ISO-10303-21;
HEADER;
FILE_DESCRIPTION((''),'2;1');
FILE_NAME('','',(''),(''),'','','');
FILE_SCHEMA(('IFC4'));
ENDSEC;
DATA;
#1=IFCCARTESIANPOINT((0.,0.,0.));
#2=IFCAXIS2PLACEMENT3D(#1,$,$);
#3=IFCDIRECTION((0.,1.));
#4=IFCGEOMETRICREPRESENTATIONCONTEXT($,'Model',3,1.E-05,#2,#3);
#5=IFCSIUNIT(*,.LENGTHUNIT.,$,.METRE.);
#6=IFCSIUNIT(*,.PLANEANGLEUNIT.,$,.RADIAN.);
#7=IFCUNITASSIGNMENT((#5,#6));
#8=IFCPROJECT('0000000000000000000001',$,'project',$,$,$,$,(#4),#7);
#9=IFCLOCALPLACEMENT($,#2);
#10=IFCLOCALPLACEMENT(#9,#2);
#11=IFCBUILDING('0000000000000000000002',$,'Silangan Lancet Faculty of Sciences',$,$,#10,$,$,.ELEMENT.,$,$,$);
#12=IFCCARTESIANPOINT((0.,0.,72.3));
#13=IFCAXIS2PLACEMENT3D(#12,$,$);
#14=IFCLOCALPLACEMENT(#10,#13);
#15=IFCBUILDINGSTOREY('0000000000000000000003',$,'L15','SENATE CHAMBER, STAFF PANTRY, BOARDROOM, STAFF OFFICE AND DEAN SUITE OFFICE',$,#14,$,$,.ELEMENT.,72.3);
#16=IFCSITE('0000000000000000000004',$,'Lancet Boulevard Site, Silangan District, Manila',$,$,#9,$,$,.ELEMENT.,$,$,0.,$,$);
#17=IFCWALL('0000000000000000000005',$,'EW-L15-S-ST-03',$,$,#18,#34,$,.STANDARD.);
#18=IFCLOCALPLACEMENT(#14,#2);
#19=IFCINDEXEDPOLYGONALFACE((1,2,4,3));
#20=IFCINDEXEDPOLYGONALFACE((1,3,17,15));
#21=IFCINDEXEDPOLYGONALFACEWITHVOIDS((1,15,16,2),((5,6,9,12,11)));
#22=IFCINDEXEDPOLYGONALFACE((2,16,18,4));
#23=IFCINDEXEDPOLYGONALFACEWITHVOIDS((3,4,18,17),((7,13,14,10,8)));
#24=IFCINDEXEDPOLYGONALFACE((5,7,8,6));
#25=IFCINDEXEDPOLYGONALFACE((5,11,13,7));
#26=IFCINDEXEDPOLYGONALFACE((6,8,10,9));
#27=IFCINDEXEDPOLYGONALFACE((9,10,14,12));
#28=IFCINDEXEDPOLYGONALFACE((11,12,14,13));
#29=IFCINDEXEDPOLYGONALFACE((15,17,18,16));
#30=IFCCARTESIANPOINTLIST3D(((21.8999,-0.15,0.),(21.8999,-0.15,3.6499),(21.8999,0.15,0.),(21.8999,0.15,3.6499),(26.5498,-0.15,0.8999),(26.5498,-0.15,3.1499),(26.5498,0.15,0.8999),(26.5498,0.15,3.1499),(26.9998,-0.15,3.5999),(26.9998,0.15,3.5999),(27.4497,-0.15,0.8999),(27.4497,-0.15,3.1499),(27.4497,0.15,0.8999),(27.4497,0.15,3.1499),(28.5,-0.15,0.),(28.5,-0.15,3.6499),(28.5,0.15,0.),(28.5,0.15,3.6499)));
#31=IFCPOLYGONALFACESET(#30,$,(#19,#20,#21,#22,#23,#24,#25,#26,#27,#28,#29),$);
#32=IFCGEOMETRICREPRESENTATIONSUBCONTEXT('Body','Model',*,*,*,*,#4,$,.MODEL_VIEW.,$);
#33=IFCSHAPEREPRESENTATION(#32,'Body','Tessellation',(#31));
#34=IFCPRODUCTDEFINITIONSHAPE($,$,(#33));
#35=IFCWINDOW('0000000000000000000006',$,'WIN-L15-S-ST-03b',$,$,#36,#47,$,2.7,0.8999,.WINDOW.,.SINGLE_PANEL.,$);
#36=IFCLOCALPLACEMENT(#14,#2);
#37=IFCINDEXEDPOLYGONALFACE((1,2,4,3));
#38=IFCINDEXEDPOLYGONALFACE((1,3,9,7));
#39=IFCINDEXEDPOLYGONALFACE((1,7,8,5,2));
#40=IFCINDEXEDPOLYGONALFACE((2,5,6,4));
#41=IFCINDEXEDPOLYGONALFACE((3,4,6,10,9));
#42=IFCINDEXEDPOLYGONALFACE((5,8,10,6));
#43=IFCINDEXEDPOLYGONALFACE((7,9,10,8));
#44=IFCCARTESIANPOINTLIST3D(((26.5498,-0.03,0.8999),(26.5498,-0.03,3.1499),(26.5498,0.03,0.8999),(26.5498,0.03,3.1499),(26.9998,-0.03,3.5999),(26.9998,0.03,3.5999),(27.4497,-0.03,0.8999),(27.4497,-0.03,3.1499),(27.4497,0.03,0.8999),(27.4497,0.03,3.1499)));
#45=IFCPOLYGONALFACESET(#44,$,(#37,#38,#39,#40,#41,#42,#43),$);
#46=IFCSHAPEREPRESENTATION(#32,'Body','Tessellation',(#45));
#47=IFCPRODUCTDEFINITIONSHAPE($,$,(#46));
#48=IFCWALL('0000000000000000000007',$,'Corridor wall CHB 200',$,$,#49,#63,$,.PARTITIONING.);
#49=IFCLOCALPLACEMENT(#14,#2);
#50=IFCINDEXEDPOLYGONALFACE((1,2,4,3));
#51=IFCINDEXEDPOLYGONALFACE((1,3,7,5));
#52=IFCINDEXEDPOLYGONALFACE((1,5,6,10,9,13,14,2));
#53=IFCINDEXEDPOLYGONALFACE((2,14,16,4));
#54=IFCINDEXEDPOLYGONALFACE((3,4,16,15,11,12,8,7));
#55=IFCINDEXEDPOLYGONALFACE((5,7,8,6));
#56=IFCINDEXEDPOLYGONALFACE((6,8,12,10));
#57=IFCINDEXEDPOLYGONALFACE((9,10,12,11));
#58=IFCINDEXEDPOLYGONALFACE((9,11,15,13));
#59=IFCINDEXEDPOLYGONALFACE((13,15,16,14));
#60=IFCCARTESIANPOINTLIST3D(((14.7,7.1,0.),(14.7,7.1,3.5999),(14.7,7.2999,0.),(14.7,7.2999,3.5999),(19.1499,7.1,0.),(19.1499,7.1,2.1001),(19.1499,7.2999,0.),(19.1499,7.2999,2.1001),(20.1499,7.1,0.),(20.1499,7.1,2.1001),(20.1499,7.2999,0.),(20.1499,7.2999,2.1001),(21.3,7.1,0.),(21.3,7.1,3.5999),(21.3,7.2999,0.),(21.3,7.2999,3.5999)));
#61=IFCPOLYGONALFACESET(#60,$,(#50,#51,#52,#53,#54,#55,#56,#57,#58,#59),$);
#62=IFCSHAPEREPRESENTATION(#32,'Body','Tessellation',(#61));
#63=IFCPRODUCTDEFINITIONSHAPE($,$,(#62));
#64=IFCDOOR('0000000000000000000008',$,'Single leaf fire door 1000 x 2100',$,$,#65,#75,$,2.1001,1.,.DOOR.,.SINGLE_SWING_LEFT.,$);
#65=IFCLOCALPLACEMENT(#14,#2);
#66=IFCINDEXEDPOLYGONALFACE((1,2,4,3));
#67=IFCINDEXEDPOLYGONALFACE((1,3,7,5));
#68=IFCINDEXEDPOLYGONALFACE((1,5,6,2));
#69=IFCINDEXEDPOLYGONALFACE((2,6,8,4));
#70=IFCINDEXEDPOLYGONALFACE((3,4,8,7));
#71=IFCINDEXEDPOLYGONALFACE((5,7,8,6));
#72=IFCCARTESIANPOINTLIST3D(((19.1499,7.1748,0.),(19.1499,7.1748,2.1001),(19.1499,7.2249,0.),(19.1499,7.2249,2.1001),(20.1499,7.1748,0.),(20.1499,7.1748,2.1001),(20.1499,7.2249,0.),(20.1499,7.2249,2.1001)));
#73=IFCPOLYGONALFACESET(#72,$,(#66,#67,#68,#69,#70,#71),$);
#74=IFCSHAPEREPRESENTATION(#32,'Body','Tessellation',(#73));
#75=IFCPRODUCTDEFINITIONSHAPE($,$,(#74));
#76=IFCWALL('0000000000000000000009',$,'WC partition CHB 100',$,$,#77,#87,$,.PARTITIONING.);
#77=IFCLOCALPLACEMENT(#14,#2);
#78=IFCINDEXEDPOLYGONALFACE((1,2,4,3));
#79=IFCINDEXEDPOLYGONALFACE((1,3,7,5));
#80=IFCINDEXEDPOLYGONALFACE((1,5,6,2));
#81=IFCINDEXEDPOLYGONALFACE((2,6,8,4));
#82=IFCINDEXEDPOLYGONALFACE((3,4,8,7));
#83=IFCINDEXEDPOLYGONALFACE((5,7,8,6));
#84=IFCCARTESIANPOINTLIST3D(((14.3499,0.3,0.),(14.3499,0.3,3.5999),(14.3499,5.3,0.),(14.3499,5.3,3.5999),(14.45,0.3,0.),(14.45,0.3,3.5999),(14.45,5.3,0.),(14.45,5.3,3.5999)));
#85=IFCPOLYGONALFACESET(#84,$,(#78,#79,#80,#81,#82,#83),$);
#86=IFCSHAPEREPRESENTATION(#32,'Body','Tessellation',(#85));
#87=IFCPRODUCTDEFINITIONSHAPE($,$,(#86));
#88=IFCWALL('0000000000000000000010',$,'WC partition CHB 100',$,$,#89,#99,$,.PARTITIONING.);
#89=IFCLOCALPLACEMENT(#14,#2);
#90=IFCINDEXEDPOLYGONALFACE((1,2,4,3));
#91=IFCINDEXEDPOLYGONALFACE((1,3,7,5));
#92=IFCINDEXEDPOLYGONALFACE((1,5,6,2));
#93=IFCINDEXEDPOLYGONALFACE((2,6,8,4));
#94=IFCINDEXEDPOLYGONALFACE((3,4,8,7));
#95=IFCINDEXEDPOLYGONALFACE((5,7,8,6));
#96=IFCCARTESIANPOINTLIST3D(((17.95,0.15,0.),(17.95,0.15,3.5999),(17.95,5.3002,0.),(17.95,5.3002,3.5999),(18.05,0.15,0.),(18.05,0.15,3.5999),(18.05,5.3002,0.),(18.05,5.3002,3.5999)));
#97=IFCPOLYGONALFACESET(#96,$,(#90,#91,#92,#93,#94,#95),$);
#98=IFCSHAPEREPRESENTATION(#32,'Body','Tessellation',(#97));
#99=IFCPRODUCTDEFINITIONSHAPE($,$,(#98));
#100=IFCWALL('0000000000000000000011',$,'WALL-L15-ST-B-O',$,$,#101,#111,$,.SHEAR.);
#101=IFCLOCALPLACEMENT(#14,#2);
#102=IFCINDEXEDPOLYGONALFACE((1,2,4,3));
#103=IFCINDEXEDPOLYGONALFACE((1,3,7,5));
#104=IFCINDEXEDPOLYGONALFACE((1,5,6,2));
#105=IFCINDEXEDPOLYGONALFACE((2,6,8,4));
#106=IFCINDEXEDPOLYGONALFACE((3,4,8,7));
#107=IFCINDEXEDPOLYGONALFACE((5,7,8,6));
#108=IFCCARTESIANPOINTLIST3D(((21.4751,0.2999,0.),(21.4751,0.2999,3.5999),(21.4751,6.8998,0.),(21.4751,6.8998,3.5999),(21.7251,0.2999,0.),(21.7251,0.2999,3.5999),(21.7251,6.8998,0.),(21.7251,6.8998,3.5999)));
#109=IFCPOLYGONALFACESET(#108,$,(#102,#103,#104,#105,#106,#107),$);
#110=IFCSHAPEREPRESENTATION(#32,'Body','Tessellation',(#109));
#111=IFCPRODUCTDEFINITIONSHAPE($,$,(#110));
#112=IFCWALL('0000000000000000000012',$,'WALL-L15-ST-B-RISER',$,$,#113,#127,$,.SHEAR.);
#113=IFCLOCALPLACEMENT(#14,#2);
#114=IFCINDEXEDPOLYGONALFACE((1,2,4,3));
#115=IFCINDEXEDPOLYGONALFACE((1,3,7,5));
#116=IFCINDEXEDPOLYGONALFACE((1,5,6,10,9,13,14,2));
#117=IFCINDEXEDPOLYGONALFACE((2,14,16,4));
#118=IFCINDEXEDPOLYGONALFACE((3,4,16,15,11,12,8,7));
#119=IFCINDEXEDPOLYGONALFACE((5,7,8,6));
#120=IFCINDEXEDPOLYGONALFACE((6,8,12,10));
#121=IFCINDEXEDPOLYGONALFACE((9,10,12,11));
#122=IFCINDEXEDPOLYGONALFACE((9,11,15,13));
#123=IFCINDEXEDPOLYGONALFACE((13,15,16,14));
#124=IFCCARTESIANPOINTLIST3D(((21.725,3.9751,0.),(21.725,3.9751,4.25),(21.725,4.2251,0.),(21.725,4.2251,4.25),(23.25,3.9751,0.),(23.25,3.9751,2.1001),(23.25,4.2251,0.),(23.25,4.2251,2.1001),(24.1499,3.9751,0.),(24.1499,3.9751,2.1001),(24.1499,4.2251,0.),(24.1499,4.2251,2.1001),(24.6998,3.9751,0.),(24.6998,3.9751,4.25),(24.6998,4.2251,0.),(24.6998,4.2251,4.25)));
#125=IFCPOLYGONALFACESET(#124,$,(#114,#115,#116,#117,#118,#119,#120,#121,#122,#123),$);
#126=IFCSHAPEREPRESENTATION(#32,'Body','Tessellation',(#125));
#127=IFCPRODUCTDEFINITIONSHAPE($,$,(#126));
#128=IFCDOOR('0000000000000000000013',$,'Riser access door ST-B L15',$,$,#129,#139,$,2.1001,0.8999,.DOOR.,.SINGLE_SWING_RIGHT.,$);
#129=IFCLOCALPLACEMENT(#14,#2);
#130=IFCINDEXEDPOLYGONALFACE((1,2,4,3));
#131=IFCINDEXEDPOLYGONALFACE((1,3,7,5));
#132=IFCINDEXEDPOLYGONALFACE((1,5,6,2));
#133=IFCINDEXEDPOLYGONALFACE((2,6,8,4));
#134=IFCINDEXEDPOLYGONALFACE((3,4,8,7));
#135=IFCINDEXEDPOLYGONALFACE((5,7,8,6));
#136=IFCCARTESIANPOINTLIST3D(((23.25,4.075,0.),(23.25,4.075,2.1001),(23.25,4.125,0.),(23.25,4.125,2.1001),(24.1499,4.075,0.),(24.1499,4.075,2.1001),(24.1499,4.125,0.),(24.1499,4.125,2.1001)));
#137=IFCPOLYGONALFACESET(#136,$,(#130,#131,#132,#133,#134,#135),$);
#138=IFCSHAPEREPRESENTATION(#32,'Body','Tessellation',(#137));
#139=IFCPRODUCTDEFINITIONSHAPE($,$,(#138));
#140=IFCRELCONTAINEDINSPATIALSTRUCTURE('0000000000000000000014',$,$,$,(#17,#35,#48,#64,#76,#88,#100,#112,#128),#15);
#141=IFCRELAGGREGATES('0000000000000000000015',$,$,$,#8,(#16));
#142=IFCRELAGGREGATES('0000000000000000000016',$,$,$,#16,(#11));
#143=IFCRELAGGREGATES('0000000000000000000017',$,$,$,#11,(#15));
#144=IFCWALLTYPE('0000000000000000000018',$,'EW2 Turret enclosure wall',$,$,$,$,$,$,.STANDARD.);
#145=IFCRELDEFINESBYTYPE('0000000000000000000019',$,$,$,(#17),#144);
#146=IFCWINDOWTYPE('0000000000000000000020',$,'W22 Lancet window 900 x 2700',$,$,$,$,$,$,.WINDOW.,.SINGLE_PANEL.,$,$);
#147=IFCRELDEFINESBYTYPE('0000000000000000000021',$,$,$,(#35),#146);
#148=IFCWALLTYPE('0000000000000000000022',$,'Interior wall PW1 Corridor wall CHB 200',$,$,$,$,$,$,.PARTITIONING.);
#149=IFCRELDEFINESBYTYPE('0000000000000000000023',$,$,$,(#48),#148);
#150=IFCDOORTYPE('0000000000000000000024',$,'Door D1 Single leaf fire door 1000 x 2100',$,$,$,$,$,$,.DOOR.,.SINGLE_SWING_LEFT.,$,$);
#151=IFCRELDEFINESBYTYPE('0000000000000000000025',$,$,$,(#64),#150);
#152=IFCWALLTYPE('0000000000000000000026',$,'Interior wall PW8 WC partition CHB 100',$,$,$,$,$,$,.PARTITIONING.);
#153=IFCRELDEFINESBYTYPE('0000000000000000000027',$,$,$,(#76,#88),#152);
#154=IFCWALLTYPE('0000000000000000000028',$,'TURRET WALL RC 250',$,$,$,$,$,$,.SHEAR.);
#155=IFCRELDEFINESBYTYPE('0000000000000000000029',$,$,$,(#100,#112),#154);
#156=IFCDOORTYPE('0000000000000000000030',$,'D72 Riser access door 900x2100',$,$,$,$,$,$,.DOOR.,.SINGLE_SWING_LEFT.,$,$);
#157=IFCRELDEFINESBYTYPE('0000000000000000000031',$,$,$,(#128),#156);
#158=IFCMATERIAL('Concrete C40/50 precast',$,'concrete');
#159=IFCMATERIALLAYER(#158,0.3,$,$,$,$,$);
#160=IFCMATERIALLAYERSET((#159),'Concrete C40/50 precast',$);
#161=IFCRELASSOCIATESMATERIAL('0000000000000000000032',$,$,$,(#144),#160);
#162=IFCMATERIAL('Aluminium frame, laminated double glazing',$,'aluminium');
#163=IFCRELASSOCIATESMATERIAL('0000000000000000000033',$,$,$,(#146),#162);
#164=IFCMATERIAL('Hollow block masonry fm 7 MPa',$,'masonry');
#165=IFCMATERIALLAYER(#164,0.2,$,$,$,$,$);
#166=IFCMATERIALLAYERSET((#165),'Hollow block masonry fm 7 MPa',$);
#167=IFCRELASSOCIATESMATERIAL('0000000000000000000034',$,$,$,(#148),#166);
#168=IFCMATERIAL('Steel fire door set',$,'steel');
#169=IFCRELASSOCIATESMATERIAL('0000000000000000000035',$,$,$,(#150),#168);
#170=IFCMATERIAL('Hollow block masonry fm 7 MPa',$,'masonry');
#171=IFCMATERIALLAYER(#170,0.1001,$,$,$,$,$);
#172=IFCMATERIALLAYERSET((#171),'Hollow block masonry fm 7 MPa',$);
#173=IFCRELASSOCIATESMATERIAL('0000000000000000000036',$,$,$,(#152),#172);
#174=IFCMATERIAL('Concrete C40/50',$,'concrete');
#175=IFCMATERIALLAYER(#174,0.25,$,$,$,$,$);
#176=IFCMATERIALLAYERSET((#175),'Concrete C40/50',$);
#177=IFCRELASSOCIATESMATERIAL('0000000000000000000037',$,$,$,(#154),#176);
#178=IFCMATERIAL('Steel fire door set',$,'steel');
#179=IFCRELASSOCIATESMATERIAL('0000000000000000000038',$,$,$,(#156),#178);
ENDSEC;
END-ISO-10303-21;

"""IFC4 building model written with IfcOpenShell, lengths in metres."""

from ifc_helpers import new_model, si_unit, direction, frame, frame_2d, origin, place, context, subcontext, project, spatial, polyline, rectangle, outline, extrude, material, layer, layer_set, type_object, element, fill, save


model = new_model("IFC4")

# Units and contexts
model_context = context("Model", 3, precision=1e-05, world=origin(), true_north=direction((0.0, 1.0)))
body_context = subcontext(model_context, "Body", "Model", "MODEL_VIEW")
ifc_project = project(units=[si_unit("LENGTHUNIT", "METRE"), si_unit("PLANEANGLEUNIT", "RADIAN")], contexts=[model_context])

# Site, building, storey
site_placement = place(None, origin())
site = spatial("IfcSite", under=ifc_project, at=site_placement, Name="Lancet Boulevard Site, Silangan District, Manila", CompositionType="ELEMENT", RefElevation=0.0)
building_placement = place(site_placement, origin())
building = spatial("IfcBuilding", under=site, at=building_placement, Name="Silangan Lancet Faculty of Sciences", CompositionType="ELEMENT")
storey_placement = place(building_placement, frame((0.0, 0.0, 72.3)))
storey = spatial("IfcBuildingStorey", under=building, at=storey_placement, Name="L15", Description="SENATE CHAMBER, STAFF PANTRY, BOARDROOM, STAFF OFFICE AND DEAN SUITE OFFICE", CompositionType="ELEMENT", Elevation=72.3)

# Wall, opening, window
ifc_material_1 = material(Name="Concrete C40/50 precast", Category="concrete")
ifc_layer_1 = layer(ifc_material_1, 0.3)
ifc_layer_set_1 = layer_set([ifc_layer_1], Name="Concrete C40/50 precast")
wall_type_1 = type_object("IfcWallType", Name="EW2 Turret enclosure wall", PredefinedType="STANDARD", material=ifc_layer_set_1)
wall_1_placement = place(storey_placement, frame((21.8999, 0.0, 0.0), z_axis=(0.0, 0.0, 1.0), x_axis=(1.0, 0.0, 0.0)))
wall_1 = element("IfcWall", 1, at=wall_1_placement, inside=storey, type_object=wall_type_1, Name="EW-L15-S-ST-03", PredefinedType="STANDARD", context=body_context, shape_type="SweptSolid", body=[
    extrude(rectangle(XDim=6.6001, YDim=0.3, at=frame_2d((3.3, 0.0))), origin(), (0.0, 0.0, 1.0), 3.6499),
])
opening_1_placement = place(wall_1_placement, frame((4.6499, 0.0, 0.8999)))
opening_1 = element("IfcOpeningElement", 2, at=opening_1_placement, cuts=wall_1, PredefinedType="OPENING", context=body_context, shape_type="SweptSolid", body=[
    extrude(outline(polyline([(0.0, 0.0), (0.8999, 0.0), (0.8999, 2.25), (0.45, 2.7), (0.0, 2.25), (0.0, 0.0)])), frame((0.0, 0.1599, 0.0), z_axis=(0.0, -1.0, 0.0), x_axis=(1.0, 0.0, 0.0)), (0.0, 0.0, 1.0), 0.3201),
])
ifc_material_2 = material(Name="Aluminium frame, laminated double glazing", Category="aluminium")
window_type_1 = type_object("IfcWindowType", Name="W22 Lancet window 900 x 2700", PartitioningType="SINGLE_PANEL", PredefinedType="WINDOW", material=ifc_material_2)
window_1_placement = place(opening_1_placement, origin())
window_1 = element("IfcWindow", 3, at=window_1_placement, inside=storey, type_object=window_type_1, Name="WIN-L15-S-ST-03b", OverallHeight=2.7, OverallWidth=0.8999, PartitioningType="SINGLE_PANEL", PredefinedType="WINDOW", context=body_context, shape_type="SweptSolid", body=[
    extrude(outline(polyline([(0.0, 0.0), (0.8999, 0.0), (0.8999, 2.25), (0.45, 2.7), (0.0, 2.25), (0.0, 0.0)])), frame((0.0, 0.03, 0.0), z_axis=(0.0, -1.0, 0.0), x_axis=(1.0, 0.0, 0.0)), (0.0, 0.0, 1.0), 0.0601),
])
fill(opening_1, window_1)

# Wall, opening, door
ifc_material_3 = material(Name="Hollow block masonry fm 7 MPa", Category="masonry")
ifc_layer_2 = layer(ifc_material_3, 0.2)
ifc_layer_set_2 = layer_set([ifc_layer_2], Name="Hollow block masonry fm 7 MPa")
wall_type_2 = type_object("IfcWallType", Name="Interior wall PW1 Corridor wall CHB 200", PredefinedType="PARTITIONING", material=ifc_layer_set_2)
wall_2_placement = place(storey_placement, frame((14.7, 7.2, 0.0), z_axis=(0.0, 0.0, 1.0), x_axis=(1.0, 0.0, 0.0)))
wall_2 = element("IfcWall", 4, at=wall_2_placement, inside=storey, type_object=wall_type_2, Name="Corridor wall CHB 200", PredefinedType="PARTITIONING", context=body_context, shape_type="SweptSolid", body=[
    extrude(rectangle(XDim=6.6001, YDim=0.2, at=frame_2d((3.3, 0.0))), origin(), (0.0, 0.0, 1.0), 3.5999),
])
opening_2_placement = place(wall_2_placement, frame((4.45, 0.0, 0.0)))
opening_2 = element("IfcOpeningElement", 5, at=opening_2_placement, cuts=wall_2, PredefinedType="OPENING", context=body_context, shape_type="SweptSolid", body=[
    extrude(rectangle(XDim=1.0, YDim=2.1001, at=frame_2d((0.5, 1.05))), frame((0.0, 0.1099, 0.0), z_axis=(0.0, -1.0, 0.0), x_axis=(1.0, 0.0, 0.0)), (0.0, 0.0, 1.0), 0.22),
])
ifc_material_4 = material(Name="Steel fire door set", Category="steel")
door_type_1 = type_object("IfcDoorType", Name="Door D1 Single leaf fire door 1000 x 2100", OperationType="SINGLE_SWING_LEFT", PredefinedType="DOOR", material=ifc_material_4)
door_1_placement = place(opening_2_placement, frame((1.0, 0.0, 0.0), z_axis=(0.0, 0.0, 1.0), x_axis=(-1.0, 0.0, 0.0)))
door_1 = element("IfcDoor", 6, at=door_1_placement, inside=storey, type_object=door_type_1, Name="Single leaf fire door 1000 x 2100", OperationType="SINGLE_SWING_LEFT", OverallHeight=2.1001, OverallWidth=1.0, PredefinedType="DOOR", context=body_context, shape_type="SweptSolid", body=[
    extrude(rectangle(XDim=1.0, YDim=2.1001, at=frame_2d((0.5, 1.05))), frame((0.0, 0.0251, 0.0), z_axis=(0.0, -1.0, 0.0), x_axis=(1.0, 0.0, 0.0)), (0.0, 0.0, 1.0), 0.05),
])
fill(opening_2, door_1)

# Walls
ifc_material_5 = material(Name="Hollow block masonry fm 7 MPa", Category="masonry")
ifc_layer_3 = layer(ifc_material_5, 0.1001)
ifc_layer_set_3 = layer_set([ifc_layer_3], Name="Hollow block masonry fm 7 MPa")
wall_type_3 = type_object("IfcWallType", Name="Interior wall PW8 WC partition CHB 100", PredefinedType="PARTITIONING", material=ifc_layer_set_3)
wall_3_placement = place(storey_placement, frame((14.3999, 0.3, 0.0), z_axis=(0.0, 0.0, 1.0), x_axis=(0.0, 1.0, 0.0)))
element("IfcWall", 7, at=wall_3_placement, inside=storey, type_object=wall_type_3, Name="WC partition CHB 100", PredefinedType="PARTITIONING", context=body_context, shape_type="SweptSolid", body=[
    extrude(rectangle(XDim=5.0, YDim=0.1001, at=frame_2d((2.5, 0.0))), origin(), (0.0, 0.0, 1.0), 3.5999),
])
wall_4_placement = place(storey_placement, frame((18.0, 0.1499, 0.0), z_axis=(0.0, 0.0, 1.0), x_axis=(0.0, 1.0, 0.0)))
element("IfcWall", 8, at=wall_4_placement, inside=storey, type_object=wall_type_3, Name="WC partition CHB 100", PredefinedType="PARTITIONING", context=body_context, shape_type="SweptSolid", body=[
    extrude(rectangle(XDim=5.1501, YDim=0.1001, at=frame_2d((2.5752, 0.0))), origin(), (0.0, 0.0, 1.0), 3.5999),
])
ifc_material_6 = material(Name="Concrete C40/50", Category="concrete")
ifc_layer_4 = layer(ifc_material_6, 0.25)
ifc_layer_set_4 = layer_set([ifc_layer_4], Name="Concrete C40/50")
wall_type_4 = type_object("IfcWallType", Name="TURRET WALL RC 250", PredefinedType="SHEAR", material=ifc_layer_set_4)
wall_5_placement = place(storey_placement, frame((21.6001, 0.3, 0.0), z_axis=(0.0, 0.0, 1.0), x_axis=(0.0, 1.0, 0.0)))
element("IfcWall", 9, at=wall_5_placement, inside=storey, type_object=wall_type_4, Name="WALL-L15-ST-B-O", PredefinedType="SHEAR", context=body_context, shape_type="SweptSolid", body=[
    extrude(rectangle(XDim=6.5999, YDim=0.25, at=frame_2d((3.2998, 0.0))), origin(), (0.0, 0.0, 1.0), 3.5999),
])

# Wall, opening, door
wall_6_placement = place(storey_placement, frame((21.7251, 4.1001, 0.0), z_axis=(0.0, 0.0, 1.0), x_axis=(1.0, 0.0, 0.0)))
wall_6 = element("IfcWall", 10, at=wall_6_placement, inside=storey, type_object=wall_type_4, Name="WALL-L15-ST-B-RISER", PredefinedType="SHEAR", context=body_context, shape_type="SweptSolid", body=[
    extrude(rectangle(XDim=2.9749, YDim=0.25, at=frame_2d((1.4873, 0.0))), origin(), (0.0, 0.0, 1.0), 4.25),
])
opening_3_placement = place(wall_6_placement, frame((1.5249, 0.0, 0.0)))
opening_3 = element("IfcOpeningElement", 11, at=opening_3_placement, cuts=wall_6, PredefinedType="OPENING", context=body_context, shape_type="SweptSolid", body=[
    extrude(rectangle(XDim=0.8999, YDim=2.1001, at=frame_2d((0.45, 1.05))), frame((0.0, 0.135, 0.0), z_axis=(0.0, -1.0, 0.0), x_axis=(1.0, 0.0, 0.0)), (0.0, 0.0, 1.0), 0.27),
])
ifc_material_7 = material(Name="Steel fire door set", Category="steel")
door_type_2 = type_object("IfcDoorType", Name="D72 Riser access door 900x2100", OperationType="SINGLE_SWING_LEFT", PredefinedType="DOOR", material=ifc_material_7)
door_2_placement = place(opening_3_placement, frame((0.8999, 0.0, 0.0), z_axis=(0.0, 0.0, 1.0), x_axis=(-1.0, 0.0, 0.0)))
door_2 = element("IfcDoor", 12, at=door_2_placement, inside=storey, type_object=door_type_2, Name="Riser access door ST-B L15", OperationType="SINGLE_SWING_RIGHT", OverallHeight=2.1001, OverallWidth=0.8999, PredefinedType="DOOR", context=body_context, shape_type="SweptSolid", body=[
    extrude(rectangle(XDim=0.8999, YDim=2.1001, at=frame_2d((0.45, 1.05))), frame((0.0, 0.0251, 0.0), z_axis=(0.0, -1.0, 0.0), x_axis=(1.0, 0.0, 0.0)), (0.0, 0.0, 1.0), 0.05),
])
fill(opening_3, door_2)

save(model, "model.ifc")
